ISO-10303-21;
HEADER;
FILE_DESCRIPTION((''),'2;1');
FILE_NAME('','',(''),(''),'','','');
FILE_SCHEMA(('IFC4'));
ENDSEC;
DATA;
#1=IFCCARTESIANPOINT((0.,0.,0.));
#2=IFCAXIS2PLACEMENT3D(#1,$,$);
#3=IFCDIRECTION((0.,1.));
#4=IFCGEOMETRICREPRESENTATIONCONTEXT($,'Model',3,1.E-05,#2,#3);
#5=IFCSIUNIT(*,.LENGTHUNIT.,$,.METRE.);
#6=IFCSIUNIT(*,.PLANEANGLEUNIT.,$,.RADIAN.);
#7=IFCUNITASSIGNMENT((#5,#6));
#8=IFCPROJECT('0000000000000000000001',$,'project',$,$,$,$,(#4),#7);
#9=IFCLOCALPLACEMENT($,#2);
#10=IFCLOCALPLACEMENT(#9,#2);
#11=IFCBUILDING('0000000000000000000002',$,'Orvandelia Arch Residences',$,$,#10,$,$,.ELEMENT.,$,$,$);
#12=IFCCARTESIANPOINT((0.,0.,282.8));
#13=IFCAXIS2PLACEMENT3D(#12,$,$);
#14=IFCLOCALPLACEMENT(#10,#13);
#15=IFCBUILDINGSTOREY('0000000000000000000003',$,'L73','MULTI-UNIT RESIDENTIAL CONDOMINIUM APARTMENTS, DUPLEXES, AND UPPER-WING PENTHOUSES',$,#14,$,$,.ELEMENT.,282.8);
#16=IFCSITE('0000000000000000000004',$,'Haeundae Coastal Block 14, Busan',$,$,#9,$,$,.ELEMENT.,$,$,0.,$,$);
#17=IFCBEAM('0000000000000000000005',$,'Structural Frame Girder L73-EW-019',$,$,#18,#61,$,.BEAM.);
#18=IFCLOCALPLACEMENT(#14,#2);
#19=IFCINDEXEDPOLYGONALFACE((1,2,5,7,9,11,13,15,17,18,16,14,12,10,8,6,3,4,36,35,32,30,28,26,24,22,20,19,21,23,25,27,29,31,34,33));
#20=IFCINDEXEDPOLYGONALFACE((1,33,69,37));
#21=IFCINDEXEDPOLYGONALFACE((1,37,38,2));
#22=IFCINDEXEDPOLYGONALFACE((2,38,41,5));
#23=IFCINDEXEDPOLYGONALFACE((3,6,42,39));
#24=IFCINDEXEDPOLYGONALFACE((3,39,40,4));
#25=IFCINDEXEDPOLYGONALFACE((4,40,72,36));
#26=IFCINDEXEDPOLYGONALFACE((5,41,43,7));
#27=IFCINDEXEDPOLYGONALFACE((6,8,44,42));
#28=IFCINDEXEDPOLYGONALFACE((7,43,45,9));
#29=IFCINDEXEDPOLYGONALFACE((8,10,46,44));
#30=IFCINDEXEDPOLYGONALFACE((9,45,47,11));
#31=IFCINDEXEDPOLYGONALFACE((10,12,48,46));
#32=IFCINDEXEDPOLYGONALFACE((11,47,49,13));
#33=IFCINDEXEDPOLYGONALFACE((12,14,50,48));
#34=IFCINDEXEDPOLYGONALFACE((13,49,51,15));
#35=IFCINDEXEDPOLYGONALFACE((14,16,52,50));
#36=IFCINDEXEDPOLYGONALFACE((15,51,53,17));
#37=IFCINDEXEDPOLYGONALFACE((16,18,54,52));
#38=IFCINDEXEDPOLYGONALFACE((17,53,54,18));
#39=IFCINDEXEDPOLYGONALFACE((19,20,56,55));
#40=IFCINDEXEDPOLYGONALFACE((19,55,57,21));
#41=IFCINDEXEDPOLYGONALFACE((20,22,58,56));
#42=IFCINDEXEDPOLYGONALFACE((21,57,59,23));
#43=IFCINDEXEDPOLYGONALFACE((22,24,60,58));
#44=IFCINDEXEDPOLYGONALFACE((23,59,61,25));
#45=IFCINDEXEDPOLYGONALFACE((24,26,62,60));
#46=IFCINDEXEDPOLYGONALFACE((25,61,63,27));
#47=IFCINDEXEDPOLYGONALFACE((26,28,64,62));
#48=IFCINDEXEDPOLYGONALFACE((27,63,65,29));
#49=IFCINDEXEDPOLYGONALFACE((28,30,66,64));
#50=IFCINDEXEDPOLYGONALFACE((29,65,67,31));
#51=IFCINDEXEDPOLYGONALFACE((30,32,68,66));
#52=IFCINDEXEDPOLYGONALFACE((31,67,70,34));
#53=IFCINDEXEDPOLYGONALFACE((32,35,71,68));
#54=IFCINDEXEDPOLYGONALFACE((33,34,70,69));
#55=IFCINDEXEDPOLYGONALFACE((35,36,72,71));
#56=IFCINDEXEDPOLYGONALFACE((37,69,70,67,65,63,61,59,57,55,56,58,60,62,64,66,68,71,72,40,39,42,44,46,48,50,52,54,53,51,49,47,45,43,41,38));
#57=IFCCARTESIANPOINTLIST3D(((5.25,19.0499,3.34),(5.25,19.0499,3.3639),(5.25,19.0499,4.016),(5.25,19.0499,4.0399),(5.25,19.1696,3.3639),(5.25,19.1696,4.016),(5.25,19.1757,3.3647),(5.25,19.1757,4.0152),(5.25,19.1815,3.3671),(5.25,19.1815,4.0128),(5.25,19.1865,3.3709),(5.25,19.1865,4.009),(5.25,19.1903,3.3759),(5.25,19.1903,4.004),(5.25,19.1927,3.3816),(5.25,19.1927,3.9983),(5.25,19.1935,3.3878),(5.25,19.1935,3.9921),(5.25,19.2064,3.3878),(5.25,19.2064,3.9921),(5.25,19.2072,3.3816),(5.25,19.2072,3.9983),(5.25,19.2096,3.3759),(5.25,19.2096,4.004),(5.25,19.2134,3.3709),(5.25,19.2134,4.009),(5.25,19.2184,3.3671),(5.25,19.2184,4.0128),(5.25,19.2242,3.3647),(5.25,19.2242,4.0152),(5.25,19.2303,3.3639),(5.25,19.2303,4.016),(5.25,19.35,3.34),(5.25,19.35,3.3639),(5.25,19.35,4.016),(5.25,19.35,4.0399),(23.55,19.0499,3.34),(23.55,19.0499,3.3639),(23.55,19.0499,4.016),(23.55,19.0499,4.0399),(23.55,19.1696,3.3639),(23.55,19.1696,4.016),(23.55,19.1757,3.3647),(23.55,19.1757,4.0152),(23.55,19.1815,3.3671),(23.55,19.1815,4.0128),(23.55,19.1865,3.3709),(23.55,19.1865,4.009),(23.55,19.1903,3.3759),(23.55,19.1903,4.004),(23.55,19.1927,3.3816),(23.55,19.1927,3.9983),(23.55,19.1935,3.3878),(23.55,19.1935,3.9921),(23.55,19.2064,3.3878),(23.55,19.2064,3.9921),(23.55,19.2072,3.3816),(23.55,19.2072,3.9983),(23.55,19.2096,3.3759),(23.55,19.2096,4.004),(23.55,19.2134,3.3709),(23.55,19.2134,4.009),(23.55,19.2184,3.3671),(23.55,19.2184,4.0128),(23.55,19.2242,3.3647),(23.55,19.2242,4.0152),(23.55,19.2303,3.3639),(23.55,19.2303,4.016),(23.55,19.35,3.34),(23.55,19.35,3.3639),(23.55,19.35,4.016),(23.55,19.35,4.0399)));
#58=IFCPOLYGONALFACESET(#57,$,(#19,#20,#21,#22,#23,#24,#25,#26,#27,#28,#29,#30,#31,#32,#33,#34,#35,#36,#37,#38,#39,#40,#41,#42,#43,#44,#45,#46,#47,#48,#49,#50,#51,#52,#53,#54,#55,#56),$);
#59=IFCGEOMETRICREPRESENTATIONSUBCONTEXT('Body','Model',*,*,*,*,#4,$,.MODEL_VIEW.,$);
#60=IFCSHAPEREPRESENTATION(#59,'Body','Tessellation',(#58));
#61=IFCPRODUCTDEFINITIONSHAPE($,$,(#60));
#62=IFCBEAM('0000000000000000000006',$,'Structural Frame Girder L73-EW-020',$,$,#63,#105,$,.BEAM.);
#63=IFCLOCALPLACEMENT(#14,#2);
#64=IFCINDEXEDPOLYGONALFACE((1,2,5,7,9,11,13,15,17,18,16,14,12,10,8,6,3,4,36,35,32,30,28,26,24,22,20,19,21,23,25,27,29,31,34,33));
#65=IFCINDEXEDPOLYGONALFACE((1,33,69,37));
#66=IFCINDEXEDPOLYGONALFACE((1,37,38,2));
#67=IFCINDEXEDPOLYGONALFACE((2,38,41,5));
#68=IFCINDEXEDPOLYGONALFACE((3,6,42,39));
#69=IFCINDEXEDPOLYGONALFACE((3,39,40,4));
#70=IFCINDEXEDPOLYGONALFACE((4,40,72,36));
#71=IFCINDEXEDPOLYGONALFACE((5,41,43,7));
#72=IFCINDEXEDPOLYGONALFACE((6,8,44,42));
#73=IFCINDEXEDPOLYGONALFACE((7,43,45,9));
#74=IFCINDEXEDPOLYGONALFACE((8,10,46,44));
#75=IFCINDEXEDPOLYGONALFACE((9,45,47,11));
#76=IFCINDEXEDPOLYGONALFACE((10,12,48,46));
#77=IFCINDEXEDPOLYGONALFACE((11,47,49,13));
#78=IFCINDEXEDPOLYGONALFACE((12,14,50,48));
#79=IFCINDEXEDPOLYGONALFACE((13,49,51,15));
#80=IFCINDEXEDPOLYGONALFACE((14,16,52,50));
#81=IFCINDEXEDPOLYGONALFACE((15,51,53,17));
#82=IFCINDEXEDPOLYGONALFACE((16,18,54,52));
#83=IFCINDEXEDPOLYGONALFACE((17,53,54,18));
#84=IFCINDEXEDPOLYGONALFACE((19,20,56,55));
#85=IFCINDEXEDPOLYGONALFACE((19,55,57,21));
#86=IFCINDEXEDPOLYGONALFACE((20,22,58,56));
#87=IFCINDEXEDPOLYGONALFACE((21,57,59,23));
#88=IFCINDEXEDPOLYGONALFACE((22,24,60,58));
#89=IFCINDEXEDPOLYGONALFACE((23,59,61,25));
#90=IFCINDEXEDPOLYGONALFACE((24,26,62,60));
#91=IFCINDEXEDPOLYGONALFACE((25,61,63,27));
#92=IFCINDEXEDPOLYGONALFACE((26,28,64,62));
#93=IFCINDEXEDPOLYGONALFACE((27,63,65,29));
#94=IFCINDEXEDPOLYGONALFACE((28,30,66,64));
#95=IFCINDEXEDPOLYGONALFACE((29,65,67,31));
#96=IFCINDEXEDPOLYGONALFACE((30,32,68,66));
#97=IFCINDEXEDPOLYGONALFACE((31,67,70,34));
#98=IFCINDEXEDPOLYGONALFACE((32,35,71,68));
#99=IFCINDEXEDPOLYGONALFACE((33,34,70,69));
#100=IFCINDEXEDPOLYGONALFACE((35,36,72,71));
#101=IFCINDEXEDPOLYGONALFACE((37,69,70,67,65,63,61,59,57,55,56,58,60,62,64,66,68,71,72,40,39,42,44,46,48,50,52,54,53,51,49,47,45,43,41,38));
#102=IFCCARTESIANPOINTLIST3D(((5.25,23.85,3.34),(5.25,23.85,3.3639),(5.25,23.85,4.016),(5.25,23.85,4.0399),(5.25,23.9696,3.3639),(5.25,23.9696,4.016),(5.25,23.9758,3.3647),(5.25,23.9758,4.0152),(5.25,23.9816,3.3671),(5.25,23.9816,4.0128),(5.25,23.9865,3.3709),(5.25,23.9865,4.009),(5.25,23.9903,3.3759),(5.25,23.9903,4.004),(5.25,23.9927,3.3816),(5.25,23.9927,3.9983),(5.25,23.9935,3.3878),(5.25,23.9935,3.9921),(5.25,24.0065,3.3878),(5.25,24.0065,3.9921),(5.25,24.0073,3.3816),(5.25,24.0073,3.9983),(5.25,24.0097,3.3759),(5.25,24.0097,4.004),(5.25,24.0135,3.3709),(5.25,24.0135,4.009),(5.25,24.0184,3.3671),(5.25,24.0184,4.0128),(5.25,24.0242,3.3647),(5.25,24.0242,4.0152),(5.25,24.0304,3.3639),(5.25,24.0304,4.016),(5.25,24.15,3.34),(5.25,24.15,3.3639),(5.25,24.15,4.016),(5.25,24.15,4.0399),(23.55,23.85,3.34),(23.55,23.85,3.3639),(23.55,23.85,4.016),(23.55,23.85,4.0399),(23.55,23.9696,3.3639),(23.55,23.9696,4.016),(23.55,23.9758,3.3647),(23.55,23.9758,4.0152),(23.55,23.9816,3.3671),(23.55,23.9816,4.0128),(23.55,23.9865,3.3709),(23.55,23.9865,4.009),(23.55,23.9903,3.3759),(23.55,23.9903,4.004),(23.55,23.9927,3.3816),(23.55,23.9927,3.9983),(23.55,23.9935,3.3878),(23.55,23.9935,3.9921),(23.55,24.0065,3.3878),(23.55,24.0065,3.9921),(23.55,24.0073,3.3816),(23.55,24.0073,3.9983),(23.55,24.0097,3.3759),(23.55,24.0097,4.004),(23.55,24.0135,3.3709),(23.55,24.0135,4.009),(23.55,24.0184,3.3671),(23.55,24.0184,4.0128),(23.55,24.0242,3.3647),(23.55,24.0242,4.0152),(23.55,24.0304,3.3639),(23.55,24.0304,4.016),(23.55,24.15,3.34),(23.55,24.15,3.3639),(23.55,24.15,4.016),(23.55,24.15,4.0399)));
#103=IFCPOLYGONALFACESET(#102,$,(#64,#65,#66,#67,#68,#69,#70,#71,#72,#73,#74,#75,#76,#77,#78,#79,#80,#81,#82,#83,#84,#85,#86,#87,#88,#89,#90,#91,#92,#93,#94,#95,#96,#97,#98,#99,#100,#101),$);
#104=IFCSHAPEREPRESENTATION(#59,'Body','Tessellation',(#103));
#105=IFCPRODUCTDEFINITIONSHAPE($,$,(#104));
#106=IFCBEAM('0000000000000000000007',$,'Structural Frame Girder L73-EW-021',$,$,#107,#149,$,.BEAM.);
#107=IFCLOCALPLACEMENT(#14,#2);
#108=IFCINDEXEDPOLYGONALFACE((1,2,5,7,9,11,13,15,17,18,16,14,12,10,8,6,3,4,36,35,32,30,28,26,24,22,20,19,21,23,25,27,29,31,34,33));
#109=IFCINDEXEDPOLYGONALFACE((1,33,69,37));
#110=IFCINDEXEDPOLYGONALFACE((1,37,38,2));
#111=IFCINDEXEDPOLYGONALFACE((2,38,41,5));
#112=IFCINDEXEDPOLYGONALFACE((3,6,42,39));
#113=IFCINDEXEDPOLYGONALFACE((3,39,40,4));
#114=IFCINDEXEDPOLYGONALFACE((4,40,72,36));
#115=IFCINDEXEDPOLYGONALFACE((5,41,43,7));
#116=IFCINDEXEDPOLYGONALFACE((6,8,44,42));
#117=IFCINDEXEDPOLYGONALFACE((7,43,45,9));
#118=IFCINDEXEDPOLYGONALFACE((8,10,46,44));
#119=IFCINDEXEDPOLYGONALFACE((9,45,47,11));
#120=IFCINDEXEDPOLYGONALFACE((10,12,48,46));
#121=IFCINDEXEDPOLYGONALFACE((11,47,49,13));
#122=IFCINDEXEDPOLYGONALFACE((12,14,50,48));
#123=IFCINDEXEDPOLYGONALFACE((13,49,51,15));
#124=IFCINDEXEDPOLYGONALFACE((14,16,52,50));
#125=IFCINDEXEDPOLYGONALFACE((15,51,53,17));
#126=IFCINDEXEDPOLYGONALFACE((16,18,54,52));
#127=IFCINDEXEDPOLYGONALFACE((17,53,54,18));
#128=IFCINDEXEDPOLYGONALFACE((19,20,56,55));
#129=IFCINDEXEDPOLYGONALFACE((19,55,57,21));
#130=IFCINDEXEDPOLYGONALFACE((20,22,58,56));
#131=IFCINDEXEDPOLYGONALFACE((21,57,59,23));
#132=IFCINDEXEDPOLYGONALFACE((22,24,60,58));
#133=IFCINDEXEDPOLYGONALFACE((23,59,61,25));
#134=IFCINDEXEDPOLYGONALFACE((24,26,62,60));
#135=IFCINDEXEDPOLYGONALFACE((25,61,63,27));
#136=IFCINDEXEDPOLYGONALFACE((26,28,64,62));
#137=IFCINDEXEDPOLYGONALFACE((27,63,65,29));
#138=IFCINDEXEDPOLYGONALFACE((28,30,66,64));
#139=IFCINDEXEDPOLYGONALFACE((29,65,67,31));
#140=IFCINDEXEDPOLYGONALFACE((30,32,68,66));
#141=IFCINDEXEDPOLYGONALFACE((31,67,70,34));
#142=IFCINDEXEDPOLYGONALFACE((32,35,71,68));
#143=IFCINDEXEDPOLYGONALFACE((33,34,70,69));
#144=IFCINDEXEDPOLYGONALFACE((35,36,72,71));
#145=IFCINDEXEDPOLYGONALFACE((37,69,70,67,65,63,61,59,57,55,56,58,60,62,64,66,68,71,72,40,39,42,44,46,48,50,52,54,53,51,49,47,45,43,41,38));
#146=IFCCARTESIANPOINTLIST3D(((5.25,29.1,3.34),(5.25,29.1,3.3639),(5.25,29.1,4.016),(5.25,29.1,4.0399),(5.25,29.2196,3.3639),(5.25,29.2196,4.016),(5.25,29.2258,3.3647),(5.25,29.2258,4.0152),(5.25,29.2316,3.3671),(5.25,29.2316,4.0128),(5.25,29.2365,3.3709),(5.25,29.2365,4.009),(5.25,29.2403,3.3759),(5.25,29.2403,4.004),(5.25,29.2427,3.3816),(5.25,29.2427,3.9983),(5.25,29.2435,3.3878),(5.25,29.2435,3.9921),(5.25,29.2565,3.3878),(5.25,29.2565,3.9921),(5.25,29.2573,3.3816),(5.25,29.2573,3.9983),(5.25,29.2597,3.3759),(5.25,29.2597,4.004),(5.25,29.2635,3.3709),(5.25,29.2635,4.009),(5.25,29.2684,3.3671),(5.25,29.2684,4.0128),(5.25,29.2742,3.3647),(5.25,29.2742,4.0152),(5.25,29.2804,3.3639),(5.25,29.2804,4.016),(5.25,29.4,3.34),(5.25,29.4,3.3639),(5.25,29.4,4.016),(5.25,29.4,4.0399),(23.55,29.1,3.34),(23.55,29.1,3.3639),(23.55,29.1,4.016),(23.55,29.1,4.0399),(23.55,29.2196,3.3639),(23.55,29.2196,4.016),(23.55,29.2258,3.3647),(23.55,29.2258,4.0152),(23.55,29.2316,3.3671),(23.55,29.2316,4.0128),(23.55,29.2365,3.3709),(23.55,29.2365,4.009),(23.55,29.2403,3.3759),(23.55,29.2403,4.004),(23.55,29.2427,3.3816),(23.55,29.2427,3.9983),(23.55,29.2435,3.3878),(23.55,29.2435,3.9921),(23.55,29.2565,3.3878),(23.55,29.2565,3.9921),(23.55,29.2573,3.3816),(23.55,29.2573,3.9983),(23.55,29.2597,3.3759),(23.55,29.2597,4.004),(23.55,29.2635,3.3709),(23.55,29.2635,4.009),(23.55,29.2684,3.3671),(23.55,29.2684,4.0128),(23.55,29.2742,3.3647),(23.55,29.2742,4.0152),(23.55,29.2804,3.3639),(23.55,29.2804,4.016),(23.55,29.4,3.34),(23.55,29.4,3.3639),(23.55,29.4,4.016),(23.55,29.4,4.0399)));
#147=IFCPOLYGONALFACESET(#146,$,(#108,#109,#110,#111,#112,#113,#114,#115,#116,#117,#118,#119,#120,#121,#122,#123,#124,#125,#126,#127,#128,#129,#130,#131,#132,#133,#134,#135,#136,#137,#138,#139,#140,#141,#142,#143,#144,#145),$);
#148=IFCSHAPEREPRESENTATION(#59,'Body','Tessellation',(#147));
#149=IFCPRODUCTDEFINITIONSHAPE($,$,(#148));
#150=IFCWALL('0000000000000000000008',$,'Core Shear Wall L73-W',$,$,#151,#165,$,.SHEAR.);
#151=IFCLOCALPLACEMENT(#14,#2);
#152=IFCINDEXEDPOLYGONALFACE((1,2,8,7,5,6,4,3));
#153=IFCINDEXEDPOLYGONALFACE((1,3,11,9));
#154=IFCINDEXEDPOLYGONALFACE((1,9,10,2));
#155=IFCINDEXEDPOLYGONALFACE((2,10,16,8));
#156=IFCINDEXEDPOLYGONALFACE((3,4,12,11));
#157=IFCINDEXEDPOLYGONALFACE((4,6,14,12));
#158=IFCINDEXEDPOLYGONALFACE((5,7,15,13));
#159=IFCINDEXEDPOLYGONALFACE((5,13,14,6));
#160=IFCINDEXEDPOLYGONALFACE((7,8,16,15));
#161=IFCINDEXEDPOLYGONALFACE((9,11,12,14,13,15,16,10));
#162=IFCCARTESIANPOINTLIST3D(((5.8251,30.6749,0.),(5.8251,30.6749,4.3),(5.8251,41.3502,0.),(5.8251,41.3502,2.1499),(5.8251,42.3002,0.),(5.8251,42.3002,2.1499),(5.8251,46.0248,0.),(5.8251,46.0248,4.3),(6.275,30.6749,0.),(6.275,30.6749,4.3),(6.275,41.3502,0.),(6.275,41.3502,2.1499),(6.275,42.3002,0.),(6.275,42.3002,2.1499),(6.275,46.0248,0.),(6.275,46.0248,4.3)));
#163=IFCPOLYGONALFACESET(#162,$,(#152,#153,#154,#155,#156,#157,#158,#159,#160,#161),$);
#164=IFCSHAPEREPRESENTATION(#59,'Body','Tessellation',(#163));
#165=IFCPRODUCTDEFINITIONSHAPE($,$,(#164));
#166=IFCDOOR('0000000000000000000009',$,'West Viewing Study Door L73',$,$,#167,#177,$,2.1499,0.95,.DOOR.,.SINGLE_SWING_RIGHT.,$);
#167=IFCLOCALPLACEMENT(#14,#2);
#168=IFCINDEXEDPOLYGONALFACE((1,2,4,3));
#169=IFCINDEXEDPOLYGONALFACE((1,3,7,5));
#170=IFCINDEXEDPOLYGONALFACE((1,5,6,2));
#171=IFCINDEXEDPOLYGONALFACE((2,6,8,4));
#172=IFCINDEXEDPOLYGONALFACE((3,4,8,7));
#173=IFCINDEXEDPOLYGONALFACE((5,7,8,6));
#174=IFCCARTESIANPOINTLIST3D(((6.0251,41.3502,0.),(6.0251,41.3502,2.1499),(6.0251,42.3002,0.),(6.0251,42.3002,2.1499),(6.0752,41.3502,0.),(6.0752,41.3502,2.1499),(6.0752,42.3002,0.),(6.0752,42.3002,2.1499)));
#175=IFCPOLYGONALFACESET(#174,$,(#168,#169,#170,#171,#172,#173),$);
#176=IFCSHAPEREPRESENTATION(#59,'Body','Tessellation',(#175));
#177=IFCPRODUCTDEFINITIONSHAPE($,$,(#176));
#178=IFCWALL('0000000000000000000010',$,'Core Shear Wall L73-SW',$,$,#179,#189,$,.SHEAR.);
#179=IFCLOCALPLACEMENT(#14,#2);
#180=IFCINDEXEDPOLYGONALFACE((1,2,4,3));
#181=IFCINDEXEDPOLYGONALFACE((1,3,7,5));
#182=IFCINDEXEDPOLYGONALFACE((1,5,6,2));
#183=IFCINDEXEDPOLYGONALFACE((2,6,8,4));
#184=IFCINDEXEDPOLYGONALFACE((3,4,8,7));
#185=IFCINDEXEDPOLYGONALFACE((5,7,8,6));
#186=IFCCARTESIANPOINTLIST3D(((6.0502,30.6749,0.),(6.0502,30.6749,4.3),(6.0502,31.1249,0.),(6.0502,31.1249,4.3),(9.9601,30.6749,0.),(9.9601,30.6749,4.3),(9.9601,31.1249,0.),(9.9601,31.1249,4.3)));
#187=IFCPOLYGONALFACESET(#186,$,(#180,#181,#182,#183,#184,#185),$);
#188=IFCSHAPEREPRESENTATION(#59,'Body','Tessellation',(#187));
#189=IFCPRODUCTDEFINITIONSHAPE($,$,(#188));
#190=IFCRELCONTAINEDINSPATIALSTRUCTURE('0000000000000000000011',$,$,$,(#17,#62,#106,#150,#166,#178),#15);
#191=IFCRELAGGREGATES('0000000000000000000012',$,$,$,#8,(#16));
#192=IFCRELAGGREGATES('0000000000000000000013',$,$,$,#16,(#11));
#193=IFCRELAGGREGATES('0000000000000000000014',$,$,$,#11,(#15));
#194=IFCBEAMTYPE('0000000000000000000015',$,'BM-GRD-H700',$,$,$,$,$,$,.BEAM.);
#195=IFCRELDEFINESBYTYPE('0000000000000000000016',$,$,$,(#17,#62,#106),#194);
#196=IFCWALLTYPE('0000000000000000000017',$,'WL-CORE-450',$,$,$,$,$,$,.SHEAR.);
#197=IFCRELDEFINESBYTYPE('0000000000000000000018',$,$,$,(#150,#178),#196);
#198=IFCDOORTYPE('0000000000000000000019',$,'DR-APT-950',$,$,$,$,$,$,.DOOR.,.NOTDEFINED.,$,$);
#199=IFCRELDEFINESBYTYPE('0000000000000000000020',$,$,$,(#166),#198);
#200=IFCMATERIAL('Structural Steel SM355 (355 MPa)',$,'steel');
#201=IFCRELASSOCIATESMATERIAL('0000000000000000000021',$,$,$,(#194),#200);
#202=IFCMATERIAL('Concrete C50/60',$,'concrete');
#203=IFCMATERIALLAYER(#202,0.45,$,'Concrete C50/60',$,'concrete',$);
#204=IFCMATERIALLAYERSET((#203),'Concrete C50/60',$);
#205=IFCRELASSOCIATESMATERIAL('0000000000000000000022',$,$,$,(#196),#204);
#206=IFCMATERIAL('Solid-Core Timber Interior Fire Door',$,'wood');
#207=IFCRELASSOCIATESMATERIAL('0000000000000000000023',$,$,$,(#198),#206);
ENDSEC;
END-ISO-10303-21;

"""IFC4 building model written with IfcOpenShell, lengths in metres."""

from ifc_helpers import new_model, si_unit, direction, frame, frame_2d, origin, origin_2d, place, context, subcontext, project, spatial, rectangle, i_section, extrude, material, layer, layer_set, material_profile, profile_set, type_object, element, fill, save


model = new_model("IFC4")

# Units and contexts
model_context = context("Model", 3, precision=1e-05, world=origin(), true_north=direction((0.0, 1.0)))
body_context = subcontext(model_context, "Body", "Model", "MODEL_VIEW")
ifc_project = project(units=[si_unit("LENGTHUNIT", "METRE"), si_unit("PLANEANGLEUNIT", "RADIAN")], contexts=[model_context])

# Site, building, storey
site_placement = place(None, origin())
site = spatial("IfcSite", under=ifc_project, at=site_placement, Name="Haeundae Coastal Block 14, Busan", CompositionType="ELEMENT", RefElevation=0.0)
building_placement = place(site_placement, origin())
building = spatial("IfcBuilding", under=site, at=building_placement, Name="Orvandelia Arch Residences", CompositionType="ELEMENT")
storey_placement = place(building_placement, frame((0.0, 0.0, 282.8)))
storey = spatial("IfcBuildingStorey", under=building, at=storey_placement, Name="L73", Description="MULTI-UNIT RESIDENTIAL CONDOMINIUM APARTMENTS, DUPLEXES, AND UPPER-WING PENTHOUSES", CompositionType="ELEMENT", Elevation=282.8)

# Shared definitions
ifc_material_1 = material(Name="Concrete C50/60", Category="concrete")

# Beams
ifc_material_2 = material(Name="Structural Steel SM355 (355 MPa)", Category="steel")
ifc_material_profile_1 = material_profile(ifc_material_2, i_section(OverallWidth=0.3, OverallDepth=0.7, WebThickness=0.0129, FlangeThickness=0.0239, FilletRadius=0.0239, at=origin_2d()), Name="Structural Steel SM355 (355 MPa)", Category="steel")
ifc_profile_set_1 = profile_set([ifc_material_profile_1], Name="Structural Steel SM355 (355 MPa)")
beam_type = type_object("IfcBeamType", Name="BM-GRD-H700", PredefinedType="BEAM", material=ifc_profile_set_1)
for number, where, z_axis, x_axis, name in (
    (1, (5.25, 19.2, 3.6899), (1.0, 0.0, 0.0), (0.0, 1.0, 0.0), "Structural Frame Girder L73-EW-019"),
    (2, (5.25, 24.0, 3.6899), (1.0, 0.0, 0.0), (0.0, 1.0, 0.0), "Structural Frame Girder L73-EW-020"),
    (3, (5.25, 29.25, 3.6899), (1.0, 0.0, 0.0), (0.0, 1.0, 0.0), "Structural Frame Girder L73-EW-021"),
):
    element("IfcBeam", number, at=place(storey_placement, frame(where, z_axis=z_axis, x_axis=x_axis)), inside=storey, type_object=beam_type, Name=name, PredefinedType="BEAM", context=body_context, shape_type="SweptSolid", body=[
        extrude(i_section(OverallWidth=0.3, OverallDepth=0.7, WebThickness=0.0129, FlangeThickness=0.0239, FilletRadius=0.0239, at=origin_2d()), origin(), (0.0, 0.0, 1.0), 18.3),
    ])

# Wall, opening, door
ifc_layer_1 = layer(ifc_material_1, 0.45, Name="Concrete C50/60", Category="concrete")
ifc_layer_set_1 = layer_set([ifc_layer_1], Name="Concrete C50/60")
wall_type_1 = type_object("IfcWallType", Name="WL-CORE-450", PredefinedType="SHEAR", material=ifc_layer_set_1)
wall_1_placement = place(storey_placement, frame((6.05, 30.675, 0.0), z_axis=(0.0, 0.0, 1.0), x_axis=(0.0, 1.0, 0.0)))
wall_1 = element("IfcWall", 4, at=wall_1_placement, inside=storey, type_object=wall_type_1, Name="Core Shear Wall L73-W", PredefinedType="SHEAR", context=body_context, shape_type="SweptSolid", body=[
    extrude(rectangle(XDim=15.3499, YDim=0.45, at=frame_2d((7.6748, 0.0))), origin(), (0.0, 0.0, 1.0), 4.3),
])
opening_1_placement = place(wall_1_placement, frame((10.675, 0.0, 0.0)))
opening_1 = element("IfcOpeningElement", 5, at=opening_1_placement, cuts=wall_1, PredefinedType="OPENING", context=body_context, shape_type="SweptSolid", body=[
    extrude(rectangle(XDim=0.95, YDim=2.1499, at=frame_2d((0.4751, 1.075))), frame((0.0, 0.2349, 0.0), z_axis=(0.0, -1.0, 0.0), x_axis=(1.0, 0.0, 0.0)), (0.0, 0.0, 1.0), 0.47),
])
ifc_material_3 = material(Name="Solid-Core Timber Interior Fire Door", Category="wood")
door_type_1 = type_object("IfcDoorType", Name="DR-APT-950", OperationType="NOTDEFINED", PredefinedType="DOOR", material=ifc_material_3)
door_1_placement = place(opening_1_placement, origin())
door_1 = element("IfcDoor", 6, at=door_1_placement, inside=storey, type_object=door_type_1, Name="West Viewing Study Door L73", OperationType="SINGLE_SWING_RIGHT", OverallHeight=2.1499, OverallWidth=0.95, PredefinedType="DOOR", context=body_context, shape_type="SweptSolid", body=[
    extrude(rectangle(XDim=0.95, YDim=2.1499, at=frame_2d((0.4751, 1.075))), frame((0.0, 0.0249, 0.0), z_axis=(0.0, -1.0, 0.0), x_axis=(1.0, 0.0, 0.0)), (0.0, 0.0, 1.0), 0.05),
])
fill(opening_1, door_1)

# Wall
wall_2_placement = place(storey_placement, frame((6.05, 30.8999, 0.0), z_axis=(0.0, 0.0, 1.0), x_axis=(1.0, 0.0, 0.0)))
element("IfcWall", 7, at=wall_2_placement, inside=storey, type_object=wall_type_1, Name="Core Shear Wall L73-SW", PredefinedType="SHEAR", context=body_context, shape_type="SweptSolid", body=[
    extrude(rectangle(XDim=3.9099, YDim=0.45, at=frame_2d((1.9551, 0.0))), origin(), (0.0, 0.0, 1.0), 4.3),
])

save(model, "model.ifc")
